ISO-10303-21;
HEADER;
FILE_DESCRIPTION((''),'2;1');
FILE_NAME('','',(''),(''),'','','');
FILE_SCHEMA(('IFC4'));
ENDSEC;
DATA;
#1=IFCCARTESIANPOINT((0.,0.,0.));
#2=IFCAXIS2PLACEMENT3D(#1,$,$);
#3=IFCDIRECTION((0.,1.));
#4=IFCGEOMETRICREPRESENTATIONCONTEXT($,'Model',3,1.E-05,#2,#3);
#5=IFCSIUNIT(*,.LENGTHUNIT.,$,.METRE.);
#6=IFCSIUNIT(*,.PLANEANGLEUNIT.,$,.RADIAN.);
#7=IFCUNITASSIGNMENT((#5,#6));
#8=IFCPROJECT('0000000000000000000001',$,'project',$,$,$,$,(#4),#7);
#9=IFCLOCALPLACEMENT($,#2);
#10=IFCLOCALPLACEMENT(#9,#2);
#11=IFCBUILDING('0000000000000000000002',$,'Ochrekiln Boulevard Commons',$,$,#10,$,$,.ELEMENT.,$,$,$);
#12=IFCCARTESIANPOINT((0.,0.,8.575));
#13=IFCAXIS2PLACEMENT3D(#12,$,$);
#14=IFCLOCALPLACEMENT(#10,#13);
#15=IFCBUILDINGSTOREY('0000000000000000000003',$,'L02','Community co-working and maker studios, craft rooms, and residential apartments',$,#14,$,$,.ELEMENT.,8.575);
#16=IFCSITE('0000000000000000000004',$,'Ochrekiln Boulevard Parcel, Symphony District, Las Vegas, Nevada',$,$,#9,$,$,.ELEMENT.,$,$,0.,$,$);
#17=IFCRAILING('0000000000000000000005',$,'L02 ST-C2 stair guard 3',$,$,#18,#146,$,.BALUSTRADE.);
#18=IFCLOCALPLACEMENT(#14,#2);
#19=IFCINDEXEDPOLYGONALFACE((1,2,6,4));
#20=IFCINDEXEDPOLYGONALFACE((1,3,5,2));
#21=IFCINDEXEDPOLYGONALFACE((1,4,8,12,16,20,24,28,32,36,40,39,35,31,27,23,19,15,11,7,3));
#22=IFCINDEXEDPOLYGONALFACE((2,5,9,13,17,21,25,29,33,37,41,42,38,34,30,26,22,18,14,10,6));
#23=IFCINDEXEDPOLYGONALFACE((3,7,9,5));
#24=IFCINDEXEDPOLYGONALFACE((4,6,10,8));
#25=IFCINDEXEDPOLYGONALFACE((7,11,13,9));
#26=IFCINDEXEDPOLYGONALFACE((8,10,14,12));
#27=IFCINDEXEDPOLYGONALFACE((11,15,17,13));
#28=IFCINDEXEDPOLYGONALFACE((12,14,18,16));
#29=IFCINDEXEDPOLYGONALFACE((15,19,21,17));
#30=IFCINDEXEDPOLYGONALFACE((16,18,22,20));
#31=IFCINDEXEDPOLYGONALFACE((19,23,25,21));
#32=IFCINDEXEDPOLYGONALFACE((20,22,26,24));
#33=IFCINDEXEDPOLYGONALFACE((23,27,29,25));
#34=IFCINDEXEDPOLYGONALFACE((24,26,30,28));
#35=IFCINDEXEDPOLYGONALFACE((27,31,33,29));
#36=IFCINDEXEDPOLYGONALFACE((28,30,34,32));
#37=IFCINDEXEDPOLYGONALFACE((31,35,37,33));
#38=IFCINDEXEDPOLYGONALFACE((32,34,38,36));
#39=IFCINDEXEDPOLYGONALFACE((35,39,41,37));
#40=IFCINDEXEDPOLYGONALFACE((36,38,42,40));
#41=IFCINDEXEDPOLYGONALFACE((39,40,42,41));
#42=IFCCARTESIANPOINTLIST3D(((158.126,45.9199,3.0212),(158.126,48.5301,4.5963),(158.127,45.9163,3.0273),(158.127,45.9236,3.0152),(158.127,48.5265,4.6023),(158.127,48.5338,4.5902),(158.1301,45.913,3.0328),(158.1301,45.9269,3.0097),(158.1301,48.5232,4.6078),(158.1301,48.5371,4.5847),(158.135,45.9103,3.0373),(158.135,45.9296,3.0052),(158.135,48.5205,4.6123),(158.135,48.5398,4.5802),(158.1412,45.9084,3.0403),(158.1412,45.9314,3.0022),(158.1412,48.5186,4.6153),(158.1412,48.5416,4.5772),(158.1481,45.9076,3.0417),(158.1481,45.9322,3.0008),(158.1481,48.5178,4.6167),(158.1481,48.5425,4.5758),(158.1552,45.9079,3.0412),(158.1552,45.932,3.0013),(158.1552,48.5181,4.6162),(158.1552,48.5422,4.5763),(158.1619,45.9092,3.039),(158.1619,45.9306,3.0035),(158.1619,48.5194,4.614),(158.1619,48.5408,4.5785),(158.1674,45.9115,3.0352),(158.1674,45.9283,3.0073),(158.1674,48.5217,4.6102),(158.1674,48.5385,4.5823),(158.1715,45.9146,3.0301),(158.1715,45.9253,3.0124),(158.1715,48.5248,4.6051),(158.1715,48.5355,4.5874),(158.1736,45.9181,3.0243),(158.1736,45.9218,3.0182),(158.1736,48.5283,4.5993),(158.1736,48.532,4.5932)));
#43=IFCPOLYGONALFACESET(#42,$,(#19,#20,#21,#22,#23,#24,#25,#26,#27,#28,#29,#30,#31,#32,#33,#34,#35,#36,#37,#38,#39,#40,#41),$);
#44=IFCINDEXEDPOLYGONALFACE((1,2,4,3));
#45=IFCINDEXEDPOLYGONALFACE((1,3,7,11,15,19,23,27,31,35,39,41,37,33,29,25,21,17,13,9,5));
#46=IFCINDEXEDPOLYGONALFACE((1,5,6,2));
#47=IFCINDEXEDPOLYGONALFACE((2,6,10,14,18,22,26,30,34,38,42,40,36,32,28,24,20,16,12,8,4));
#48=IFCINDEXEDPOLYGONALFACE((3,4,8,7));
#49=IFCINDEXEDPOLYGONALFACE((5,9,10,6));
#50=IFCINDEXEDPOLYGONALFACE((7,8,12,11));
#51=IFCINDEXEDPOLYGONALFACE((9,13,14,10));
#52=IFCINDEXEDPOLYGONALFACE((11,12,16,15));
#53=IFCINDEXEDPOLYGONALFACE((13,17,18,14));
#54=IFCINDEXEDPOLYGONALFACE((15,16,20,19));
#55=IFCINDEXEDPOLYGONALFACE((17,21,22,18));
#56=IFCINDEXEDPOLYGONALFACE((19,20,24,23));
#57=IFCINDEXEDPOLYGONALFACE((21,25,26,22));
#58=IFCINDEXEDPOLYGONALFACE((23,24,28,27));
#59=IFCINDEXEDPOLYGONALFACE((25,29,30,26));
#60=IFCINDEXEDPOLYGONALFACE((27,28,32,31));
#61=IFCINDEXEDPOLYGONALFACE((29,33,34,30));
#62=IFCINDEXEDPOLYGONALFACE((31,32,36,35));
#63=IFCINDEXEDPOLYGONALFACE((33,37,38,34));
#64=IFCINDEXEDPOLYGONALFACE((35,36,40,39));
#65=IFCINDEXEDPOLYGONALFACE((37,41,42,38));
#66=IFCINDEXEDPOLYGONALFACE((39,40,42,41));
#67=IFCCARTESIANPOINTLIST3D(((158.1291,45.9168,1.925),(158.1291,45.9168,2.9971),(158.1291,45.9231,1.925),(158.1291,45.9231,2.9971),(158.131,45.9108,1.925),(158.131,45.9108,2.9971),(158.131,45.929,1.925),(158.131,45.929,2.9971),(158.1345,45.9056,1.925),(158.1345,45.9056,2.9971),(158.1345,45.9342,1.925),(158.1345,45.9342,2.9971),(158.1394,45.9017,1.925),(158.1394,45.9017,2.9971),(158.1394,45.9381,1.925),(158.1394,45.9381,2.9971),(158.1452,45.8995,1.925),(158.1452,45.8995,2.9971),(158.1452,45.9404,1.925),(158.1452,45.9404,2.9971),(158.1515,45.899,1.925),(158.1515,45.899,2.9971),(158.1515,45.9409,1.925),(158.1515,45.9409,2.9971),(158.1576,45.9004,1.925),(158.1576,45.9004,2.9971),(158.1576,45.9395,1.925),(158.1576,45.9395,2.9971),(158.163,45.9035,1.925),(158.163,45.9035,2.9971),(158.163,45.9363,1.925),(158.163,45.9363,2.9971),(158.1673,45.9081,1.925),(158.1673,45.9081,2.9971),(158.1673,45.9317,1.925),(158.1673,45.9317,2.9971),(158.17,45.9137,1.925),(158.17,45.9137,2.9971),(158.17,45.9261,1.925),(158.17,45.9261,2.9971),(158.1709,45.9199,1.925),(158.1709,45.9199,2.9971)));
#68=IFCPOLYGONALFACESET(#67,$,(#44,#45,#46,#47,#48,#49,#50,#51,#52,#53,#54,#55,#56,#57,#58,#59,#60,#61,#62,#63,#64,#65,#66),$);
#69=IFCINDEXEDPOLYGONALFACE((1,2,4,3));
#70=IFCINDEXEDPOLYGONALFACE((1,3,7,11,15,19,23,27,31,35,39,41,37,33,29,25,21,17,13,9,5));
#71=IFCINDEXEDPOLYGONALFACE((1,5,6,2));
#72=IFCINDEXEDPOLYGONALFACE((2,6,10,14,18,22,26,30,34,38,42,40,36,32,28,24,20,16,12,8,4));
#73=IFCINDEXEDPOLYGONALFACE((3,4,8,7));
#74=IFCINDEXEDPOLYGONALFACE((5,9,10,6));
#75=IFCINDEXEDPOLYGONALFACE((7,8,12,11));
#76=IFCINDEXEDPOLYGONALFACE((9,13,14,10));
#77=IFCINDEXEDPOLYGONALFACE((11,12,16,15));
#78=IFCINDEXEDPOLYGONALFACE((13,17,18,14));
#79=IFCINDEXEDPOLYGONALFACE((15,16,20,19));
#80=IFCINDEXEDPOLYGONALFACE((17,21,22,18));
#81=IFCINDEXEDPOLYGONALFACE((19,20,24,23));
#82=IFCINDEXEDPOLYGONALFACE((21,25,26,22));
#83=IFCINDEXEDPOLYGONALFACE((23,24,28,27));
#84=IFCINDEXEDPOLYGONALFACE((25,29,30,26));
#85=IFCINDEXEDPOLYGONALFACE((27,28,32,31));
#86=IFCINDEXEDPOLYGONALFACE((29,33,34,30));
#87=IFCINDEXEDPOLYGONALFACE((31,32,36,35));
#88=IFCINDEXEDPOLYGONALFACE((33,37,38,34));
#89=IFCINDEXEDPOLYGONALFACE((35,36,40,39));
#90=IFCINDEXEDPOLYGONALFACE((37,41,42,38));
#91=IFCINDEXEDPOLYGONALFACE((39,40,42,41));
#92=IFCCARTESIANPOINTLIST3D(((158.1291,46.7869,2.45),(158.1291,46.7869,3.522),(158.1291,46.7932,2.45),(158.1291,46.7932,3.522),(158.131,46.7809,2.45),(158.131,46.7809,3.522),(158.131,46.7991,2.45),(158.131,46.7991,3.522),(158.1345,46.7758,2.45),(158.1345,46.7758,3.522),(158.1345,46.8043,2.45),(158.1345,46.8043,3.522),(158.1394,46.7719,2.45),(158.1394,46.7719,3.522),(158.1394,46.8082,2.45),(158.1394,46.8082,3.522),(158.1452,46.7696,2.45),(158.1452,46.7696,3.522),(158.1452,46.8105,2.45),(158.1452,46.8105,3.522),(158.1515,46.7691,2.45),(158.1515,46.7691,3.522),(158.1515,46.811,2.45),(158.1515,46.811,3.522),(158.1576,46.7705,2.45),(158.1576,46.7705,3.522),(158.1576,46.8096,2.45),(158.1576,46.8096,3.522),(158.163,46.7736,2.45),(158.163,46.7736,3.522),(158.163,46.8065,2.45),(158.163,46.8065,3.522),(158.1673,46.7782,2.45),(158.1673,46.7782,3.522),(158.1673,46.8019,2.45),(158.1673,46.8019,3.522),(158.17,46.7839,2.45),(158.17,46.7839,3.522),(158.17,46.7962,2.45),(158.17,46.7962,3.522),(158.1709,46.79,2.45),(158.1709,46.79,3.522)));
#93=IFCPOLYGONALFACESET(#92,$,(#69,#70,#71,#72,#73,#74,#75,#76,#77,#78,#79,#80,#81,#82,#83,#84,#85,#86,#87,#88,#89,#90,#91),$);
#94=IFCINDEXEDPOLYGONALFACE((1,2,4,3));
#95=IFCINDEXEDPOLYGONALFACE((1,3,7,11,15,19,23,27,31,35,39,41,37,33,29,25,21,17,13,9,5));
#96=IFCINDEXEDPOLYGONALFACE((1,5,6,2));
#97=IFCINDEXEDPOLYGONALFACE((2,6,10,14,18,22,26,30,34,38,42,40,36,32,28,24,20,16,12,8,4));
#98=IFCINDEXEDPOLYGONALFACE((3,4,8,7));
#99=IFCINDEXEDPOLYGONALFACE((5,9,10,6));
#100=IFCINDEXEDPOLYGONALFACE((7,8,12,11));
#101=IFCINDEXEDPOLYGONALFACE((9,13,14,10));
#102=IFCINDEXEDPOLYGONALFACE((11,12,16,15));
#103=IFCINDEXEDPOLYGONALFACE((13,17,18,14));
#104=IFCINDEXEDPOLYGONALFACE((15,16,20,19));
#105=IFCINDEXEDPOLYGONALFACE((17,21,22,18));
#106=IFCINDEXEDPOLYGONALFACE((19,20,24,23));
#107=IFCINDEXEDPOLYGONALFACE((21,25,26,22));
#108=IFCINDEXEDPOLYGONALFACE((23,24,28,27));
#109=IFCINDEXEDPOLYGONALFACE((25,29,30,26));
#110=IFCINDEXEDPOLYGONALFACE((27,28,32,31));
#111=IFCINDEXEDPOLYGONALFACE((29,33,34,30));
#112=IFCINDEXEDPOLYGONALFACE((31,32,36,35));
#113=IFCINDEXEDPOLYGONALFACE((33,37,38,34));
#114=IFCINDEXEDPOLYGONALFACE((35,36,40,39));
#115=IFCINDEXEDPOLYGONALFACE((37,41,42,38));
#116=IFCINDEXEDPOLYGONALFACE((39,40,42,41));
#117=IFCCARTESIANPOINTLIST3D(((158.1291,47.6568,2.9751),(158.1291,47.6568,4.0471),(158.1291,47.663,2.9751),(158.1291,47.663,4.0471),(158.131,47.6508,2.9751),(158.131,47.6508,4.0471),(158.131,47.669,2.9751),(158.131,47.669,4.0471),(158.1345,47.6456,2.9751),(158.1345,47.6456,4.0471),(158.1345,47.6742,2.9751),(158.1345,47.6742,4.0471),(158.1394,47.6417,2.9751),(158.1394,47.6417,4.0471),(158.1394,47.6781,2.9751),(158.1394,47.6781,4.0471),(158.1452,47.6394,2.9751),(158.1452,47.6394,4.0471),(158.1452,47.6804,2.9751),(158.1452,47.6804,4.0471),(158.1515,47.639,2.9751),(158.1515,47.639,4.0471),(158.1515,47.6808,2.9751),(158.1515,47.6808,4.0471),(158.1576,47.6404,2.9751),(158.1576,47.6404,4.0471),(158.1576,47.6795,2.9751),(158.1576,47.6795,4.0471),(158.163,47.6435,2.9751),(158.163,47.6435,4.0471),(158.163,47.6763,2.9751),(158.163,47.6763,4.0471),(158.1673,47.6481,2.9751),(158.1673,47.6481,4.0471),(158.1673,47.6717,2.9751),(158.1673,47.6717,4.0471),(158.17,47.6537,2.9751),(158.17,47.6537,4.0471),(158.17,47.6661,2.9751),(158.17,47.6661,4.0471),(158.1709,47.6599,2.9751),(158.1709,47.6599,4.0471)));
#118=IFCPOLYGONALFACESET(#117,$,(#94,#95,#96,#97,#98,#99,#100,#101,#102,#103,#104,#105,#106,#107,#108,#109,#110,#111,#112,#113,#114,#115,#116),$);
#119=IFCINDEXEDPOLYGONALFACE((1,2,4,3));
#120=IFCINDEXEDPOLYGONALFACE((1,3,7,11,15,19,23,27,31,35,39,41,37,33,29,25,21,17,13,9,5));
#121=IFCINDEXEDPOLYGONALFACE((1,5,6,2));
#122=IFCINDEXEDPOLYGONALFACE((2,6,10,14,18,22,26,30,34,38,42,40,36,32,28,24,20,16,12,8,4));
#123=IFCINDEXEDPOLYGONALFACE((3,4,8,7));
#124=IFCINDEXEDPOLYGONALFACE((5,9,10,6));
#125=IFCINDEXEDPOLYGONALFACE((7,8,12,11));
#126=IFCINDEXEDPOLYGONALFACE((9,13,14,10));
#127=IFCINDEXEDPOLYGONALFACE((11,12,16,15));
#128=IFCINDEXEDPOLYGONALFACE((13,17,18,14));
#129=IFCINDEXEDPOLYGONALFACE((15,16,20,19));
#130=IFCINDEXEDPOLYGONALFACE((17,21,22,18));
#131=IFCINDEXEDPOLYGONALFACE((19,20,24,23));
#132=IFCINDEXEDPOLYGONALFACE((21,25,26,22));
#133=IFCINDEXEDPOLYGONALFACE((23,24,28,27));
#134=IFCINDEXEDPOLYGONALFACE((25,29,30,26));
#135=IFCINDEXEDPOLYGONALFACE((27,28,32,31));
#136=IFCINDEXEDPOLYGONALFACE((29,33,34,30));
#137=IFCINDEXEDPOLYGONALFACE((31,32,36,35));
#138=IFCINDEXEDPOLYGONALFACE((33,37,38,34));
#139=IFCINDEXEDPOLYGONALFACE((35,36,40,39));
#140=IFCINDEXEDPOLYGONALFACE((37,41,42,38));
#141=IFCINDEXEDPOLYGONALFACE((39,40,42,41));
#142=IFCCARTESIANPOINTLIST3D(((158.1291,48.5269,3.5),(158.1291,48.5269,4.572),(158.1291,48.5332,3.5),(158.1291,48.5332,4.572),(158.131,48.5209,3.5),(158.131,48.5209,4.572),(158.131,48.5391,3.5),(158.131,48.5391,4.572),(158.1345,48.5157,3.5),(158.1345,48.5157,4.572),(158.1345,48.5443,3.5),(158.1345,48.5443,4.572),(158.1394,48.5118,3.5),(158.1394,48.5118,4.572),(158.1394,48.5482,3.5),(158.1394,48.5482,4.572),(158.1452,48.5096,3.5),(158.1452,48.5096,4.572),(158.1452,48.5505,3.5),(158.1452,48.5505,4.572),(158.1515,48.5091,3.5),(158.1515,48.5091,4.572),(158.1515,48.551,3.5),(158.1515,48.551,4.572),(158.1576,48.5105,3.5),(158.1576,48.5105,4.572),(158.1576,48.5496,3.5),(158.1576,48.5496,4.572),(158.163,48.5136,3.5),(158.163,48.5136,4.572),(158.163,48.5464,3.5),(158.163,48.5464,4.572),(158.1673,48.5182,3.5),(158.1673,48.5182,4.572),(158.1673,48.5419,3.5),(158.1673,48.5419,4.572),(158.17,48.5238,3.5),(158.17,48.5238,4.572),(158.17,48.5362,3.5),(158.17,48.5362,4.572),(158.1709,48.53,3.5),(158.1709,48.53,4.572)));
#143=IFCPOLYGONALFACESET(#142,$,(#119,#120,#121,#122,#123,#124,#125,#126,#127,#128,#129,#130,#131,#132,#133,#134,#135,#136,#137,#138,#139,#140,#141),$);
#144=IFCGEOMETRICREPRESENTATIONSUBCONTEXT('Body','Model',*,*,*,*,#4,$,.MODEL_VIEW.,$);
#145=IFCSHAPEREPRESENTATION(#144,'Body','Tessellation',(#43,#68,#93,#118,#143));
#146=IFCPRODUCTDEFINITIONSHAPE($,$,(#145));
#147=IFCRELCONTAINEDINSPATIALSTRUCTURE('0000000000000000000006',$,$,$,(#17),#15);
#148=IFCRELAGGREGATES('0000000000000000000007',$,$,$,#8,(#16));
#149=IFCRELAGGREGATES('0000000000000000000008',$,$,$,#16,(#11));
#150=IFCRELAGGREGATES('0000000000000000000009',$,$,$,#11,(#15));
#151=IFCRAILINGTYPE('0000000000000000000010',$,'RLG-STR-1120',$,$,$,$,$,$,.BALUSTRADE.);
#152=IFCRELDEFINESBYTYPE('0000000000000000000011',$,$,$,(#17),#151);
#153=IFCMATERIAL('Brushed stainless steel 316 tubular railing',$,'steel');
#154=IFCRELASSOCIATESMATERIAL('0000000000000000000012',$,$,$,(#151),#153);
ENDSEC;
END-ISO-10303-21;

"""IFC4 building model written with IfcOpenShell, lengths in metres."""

from ifc_helpers import new_model, si_unit, direction, frame, origin, origin_2d, place, context, subcontext, project, spatial, circle, extrude, material, type_object, element, save


model = new_model("IFC4")

# Units and contexts
model_context = context("Model", 3, precision=1e-05, world=origin(), true_north=direction((0.0, 1.0)))
body_context = subcontext(model_context, "Body", "Model", "MODEL_VIEW")
ifc_project = project(units=[si_unit("LENGTHUNIT", "METRE"), si_unit("PLANEANGLEUNIT", "RADIAN")], contexts=[model_context])

# Site, building, storey
site_placement = place(None, origin())
site = spatial("IfcSite", under=ifc_project, at=site_placement, Name="Ochrekiln Boulevard Parcel, Symphony District, Las Vegas, Nevada", CompositionType="ELEMENT", RefElevation=0.0)
building_placement = place(site_placement, origin())
building = spatial("IfcBuilding", under=site, at=building_placement, Name="Ochrekiln Boulevard Commons", CompositionType="ELEMENT")
storey_placement = place(building_placement, frame((0.0, 0.0, 8.575)))
storey = spatial("IfcBuildingStorey", under=building, at=storey_placement, Name="L02", Description="Community co-working and maker studios, craft rooms, and residential apartments", CompositionType="ELEMENT", Elevation=8.575)

# Railing
ifc_material_1 = material(Name="Brushed stainless steel 316 tubular railing", Category="steel")
railing_type_1 = type_object("IfcRailingType", Name="RLG-STR-1120", PredefinedType="BALUSTRADE", material=ifc_material_1)
railing_1_placement = place(storey_placement, frame((158.1499, 45.9199, 1.925)))
element("IfcRailing", 1, at=railing_1_placement, inside=storey, type_object=railing_type_1, Name="L02 ST-C2 stair guard 3", PredefinedType="BALUSTRADE", context=body_context, shape_type="SweptSolid", body=[
    extrude(circle(Radius=0.0239, at=origin_2d()), frame((0.0, 0.0, 1.0962), z_axis=(0.0, 0.856204, 0.516638), x_axis=(-1.0, 0.0, 0.0)), (0.0, 0.0, 1.0), 3.0486),
    extrude(circle(Radius=0.021, at=origin_2d()), origin(), (0.0, 0.0, 1.0), 1.072),
    extrude(circle(Radius=0.021, at=origin_2d()), frame((0.0, 0.8701, 0.5249)), (0.0, 0.0, 1.0), 1.072),
    extrude(circle(Radius=0.021, at=origin_2d()), frame((0.0, 1.74, 1.05)), (0.0, 0.0, 1.0), 1.072),
    extrude(circle(Radius=0.021, at=origin_2d()), frame((0.0, 2.6101, 1.575)), (0.0, 0.0, 1.0), 1.072),
])

save(model, "model.ifc")
